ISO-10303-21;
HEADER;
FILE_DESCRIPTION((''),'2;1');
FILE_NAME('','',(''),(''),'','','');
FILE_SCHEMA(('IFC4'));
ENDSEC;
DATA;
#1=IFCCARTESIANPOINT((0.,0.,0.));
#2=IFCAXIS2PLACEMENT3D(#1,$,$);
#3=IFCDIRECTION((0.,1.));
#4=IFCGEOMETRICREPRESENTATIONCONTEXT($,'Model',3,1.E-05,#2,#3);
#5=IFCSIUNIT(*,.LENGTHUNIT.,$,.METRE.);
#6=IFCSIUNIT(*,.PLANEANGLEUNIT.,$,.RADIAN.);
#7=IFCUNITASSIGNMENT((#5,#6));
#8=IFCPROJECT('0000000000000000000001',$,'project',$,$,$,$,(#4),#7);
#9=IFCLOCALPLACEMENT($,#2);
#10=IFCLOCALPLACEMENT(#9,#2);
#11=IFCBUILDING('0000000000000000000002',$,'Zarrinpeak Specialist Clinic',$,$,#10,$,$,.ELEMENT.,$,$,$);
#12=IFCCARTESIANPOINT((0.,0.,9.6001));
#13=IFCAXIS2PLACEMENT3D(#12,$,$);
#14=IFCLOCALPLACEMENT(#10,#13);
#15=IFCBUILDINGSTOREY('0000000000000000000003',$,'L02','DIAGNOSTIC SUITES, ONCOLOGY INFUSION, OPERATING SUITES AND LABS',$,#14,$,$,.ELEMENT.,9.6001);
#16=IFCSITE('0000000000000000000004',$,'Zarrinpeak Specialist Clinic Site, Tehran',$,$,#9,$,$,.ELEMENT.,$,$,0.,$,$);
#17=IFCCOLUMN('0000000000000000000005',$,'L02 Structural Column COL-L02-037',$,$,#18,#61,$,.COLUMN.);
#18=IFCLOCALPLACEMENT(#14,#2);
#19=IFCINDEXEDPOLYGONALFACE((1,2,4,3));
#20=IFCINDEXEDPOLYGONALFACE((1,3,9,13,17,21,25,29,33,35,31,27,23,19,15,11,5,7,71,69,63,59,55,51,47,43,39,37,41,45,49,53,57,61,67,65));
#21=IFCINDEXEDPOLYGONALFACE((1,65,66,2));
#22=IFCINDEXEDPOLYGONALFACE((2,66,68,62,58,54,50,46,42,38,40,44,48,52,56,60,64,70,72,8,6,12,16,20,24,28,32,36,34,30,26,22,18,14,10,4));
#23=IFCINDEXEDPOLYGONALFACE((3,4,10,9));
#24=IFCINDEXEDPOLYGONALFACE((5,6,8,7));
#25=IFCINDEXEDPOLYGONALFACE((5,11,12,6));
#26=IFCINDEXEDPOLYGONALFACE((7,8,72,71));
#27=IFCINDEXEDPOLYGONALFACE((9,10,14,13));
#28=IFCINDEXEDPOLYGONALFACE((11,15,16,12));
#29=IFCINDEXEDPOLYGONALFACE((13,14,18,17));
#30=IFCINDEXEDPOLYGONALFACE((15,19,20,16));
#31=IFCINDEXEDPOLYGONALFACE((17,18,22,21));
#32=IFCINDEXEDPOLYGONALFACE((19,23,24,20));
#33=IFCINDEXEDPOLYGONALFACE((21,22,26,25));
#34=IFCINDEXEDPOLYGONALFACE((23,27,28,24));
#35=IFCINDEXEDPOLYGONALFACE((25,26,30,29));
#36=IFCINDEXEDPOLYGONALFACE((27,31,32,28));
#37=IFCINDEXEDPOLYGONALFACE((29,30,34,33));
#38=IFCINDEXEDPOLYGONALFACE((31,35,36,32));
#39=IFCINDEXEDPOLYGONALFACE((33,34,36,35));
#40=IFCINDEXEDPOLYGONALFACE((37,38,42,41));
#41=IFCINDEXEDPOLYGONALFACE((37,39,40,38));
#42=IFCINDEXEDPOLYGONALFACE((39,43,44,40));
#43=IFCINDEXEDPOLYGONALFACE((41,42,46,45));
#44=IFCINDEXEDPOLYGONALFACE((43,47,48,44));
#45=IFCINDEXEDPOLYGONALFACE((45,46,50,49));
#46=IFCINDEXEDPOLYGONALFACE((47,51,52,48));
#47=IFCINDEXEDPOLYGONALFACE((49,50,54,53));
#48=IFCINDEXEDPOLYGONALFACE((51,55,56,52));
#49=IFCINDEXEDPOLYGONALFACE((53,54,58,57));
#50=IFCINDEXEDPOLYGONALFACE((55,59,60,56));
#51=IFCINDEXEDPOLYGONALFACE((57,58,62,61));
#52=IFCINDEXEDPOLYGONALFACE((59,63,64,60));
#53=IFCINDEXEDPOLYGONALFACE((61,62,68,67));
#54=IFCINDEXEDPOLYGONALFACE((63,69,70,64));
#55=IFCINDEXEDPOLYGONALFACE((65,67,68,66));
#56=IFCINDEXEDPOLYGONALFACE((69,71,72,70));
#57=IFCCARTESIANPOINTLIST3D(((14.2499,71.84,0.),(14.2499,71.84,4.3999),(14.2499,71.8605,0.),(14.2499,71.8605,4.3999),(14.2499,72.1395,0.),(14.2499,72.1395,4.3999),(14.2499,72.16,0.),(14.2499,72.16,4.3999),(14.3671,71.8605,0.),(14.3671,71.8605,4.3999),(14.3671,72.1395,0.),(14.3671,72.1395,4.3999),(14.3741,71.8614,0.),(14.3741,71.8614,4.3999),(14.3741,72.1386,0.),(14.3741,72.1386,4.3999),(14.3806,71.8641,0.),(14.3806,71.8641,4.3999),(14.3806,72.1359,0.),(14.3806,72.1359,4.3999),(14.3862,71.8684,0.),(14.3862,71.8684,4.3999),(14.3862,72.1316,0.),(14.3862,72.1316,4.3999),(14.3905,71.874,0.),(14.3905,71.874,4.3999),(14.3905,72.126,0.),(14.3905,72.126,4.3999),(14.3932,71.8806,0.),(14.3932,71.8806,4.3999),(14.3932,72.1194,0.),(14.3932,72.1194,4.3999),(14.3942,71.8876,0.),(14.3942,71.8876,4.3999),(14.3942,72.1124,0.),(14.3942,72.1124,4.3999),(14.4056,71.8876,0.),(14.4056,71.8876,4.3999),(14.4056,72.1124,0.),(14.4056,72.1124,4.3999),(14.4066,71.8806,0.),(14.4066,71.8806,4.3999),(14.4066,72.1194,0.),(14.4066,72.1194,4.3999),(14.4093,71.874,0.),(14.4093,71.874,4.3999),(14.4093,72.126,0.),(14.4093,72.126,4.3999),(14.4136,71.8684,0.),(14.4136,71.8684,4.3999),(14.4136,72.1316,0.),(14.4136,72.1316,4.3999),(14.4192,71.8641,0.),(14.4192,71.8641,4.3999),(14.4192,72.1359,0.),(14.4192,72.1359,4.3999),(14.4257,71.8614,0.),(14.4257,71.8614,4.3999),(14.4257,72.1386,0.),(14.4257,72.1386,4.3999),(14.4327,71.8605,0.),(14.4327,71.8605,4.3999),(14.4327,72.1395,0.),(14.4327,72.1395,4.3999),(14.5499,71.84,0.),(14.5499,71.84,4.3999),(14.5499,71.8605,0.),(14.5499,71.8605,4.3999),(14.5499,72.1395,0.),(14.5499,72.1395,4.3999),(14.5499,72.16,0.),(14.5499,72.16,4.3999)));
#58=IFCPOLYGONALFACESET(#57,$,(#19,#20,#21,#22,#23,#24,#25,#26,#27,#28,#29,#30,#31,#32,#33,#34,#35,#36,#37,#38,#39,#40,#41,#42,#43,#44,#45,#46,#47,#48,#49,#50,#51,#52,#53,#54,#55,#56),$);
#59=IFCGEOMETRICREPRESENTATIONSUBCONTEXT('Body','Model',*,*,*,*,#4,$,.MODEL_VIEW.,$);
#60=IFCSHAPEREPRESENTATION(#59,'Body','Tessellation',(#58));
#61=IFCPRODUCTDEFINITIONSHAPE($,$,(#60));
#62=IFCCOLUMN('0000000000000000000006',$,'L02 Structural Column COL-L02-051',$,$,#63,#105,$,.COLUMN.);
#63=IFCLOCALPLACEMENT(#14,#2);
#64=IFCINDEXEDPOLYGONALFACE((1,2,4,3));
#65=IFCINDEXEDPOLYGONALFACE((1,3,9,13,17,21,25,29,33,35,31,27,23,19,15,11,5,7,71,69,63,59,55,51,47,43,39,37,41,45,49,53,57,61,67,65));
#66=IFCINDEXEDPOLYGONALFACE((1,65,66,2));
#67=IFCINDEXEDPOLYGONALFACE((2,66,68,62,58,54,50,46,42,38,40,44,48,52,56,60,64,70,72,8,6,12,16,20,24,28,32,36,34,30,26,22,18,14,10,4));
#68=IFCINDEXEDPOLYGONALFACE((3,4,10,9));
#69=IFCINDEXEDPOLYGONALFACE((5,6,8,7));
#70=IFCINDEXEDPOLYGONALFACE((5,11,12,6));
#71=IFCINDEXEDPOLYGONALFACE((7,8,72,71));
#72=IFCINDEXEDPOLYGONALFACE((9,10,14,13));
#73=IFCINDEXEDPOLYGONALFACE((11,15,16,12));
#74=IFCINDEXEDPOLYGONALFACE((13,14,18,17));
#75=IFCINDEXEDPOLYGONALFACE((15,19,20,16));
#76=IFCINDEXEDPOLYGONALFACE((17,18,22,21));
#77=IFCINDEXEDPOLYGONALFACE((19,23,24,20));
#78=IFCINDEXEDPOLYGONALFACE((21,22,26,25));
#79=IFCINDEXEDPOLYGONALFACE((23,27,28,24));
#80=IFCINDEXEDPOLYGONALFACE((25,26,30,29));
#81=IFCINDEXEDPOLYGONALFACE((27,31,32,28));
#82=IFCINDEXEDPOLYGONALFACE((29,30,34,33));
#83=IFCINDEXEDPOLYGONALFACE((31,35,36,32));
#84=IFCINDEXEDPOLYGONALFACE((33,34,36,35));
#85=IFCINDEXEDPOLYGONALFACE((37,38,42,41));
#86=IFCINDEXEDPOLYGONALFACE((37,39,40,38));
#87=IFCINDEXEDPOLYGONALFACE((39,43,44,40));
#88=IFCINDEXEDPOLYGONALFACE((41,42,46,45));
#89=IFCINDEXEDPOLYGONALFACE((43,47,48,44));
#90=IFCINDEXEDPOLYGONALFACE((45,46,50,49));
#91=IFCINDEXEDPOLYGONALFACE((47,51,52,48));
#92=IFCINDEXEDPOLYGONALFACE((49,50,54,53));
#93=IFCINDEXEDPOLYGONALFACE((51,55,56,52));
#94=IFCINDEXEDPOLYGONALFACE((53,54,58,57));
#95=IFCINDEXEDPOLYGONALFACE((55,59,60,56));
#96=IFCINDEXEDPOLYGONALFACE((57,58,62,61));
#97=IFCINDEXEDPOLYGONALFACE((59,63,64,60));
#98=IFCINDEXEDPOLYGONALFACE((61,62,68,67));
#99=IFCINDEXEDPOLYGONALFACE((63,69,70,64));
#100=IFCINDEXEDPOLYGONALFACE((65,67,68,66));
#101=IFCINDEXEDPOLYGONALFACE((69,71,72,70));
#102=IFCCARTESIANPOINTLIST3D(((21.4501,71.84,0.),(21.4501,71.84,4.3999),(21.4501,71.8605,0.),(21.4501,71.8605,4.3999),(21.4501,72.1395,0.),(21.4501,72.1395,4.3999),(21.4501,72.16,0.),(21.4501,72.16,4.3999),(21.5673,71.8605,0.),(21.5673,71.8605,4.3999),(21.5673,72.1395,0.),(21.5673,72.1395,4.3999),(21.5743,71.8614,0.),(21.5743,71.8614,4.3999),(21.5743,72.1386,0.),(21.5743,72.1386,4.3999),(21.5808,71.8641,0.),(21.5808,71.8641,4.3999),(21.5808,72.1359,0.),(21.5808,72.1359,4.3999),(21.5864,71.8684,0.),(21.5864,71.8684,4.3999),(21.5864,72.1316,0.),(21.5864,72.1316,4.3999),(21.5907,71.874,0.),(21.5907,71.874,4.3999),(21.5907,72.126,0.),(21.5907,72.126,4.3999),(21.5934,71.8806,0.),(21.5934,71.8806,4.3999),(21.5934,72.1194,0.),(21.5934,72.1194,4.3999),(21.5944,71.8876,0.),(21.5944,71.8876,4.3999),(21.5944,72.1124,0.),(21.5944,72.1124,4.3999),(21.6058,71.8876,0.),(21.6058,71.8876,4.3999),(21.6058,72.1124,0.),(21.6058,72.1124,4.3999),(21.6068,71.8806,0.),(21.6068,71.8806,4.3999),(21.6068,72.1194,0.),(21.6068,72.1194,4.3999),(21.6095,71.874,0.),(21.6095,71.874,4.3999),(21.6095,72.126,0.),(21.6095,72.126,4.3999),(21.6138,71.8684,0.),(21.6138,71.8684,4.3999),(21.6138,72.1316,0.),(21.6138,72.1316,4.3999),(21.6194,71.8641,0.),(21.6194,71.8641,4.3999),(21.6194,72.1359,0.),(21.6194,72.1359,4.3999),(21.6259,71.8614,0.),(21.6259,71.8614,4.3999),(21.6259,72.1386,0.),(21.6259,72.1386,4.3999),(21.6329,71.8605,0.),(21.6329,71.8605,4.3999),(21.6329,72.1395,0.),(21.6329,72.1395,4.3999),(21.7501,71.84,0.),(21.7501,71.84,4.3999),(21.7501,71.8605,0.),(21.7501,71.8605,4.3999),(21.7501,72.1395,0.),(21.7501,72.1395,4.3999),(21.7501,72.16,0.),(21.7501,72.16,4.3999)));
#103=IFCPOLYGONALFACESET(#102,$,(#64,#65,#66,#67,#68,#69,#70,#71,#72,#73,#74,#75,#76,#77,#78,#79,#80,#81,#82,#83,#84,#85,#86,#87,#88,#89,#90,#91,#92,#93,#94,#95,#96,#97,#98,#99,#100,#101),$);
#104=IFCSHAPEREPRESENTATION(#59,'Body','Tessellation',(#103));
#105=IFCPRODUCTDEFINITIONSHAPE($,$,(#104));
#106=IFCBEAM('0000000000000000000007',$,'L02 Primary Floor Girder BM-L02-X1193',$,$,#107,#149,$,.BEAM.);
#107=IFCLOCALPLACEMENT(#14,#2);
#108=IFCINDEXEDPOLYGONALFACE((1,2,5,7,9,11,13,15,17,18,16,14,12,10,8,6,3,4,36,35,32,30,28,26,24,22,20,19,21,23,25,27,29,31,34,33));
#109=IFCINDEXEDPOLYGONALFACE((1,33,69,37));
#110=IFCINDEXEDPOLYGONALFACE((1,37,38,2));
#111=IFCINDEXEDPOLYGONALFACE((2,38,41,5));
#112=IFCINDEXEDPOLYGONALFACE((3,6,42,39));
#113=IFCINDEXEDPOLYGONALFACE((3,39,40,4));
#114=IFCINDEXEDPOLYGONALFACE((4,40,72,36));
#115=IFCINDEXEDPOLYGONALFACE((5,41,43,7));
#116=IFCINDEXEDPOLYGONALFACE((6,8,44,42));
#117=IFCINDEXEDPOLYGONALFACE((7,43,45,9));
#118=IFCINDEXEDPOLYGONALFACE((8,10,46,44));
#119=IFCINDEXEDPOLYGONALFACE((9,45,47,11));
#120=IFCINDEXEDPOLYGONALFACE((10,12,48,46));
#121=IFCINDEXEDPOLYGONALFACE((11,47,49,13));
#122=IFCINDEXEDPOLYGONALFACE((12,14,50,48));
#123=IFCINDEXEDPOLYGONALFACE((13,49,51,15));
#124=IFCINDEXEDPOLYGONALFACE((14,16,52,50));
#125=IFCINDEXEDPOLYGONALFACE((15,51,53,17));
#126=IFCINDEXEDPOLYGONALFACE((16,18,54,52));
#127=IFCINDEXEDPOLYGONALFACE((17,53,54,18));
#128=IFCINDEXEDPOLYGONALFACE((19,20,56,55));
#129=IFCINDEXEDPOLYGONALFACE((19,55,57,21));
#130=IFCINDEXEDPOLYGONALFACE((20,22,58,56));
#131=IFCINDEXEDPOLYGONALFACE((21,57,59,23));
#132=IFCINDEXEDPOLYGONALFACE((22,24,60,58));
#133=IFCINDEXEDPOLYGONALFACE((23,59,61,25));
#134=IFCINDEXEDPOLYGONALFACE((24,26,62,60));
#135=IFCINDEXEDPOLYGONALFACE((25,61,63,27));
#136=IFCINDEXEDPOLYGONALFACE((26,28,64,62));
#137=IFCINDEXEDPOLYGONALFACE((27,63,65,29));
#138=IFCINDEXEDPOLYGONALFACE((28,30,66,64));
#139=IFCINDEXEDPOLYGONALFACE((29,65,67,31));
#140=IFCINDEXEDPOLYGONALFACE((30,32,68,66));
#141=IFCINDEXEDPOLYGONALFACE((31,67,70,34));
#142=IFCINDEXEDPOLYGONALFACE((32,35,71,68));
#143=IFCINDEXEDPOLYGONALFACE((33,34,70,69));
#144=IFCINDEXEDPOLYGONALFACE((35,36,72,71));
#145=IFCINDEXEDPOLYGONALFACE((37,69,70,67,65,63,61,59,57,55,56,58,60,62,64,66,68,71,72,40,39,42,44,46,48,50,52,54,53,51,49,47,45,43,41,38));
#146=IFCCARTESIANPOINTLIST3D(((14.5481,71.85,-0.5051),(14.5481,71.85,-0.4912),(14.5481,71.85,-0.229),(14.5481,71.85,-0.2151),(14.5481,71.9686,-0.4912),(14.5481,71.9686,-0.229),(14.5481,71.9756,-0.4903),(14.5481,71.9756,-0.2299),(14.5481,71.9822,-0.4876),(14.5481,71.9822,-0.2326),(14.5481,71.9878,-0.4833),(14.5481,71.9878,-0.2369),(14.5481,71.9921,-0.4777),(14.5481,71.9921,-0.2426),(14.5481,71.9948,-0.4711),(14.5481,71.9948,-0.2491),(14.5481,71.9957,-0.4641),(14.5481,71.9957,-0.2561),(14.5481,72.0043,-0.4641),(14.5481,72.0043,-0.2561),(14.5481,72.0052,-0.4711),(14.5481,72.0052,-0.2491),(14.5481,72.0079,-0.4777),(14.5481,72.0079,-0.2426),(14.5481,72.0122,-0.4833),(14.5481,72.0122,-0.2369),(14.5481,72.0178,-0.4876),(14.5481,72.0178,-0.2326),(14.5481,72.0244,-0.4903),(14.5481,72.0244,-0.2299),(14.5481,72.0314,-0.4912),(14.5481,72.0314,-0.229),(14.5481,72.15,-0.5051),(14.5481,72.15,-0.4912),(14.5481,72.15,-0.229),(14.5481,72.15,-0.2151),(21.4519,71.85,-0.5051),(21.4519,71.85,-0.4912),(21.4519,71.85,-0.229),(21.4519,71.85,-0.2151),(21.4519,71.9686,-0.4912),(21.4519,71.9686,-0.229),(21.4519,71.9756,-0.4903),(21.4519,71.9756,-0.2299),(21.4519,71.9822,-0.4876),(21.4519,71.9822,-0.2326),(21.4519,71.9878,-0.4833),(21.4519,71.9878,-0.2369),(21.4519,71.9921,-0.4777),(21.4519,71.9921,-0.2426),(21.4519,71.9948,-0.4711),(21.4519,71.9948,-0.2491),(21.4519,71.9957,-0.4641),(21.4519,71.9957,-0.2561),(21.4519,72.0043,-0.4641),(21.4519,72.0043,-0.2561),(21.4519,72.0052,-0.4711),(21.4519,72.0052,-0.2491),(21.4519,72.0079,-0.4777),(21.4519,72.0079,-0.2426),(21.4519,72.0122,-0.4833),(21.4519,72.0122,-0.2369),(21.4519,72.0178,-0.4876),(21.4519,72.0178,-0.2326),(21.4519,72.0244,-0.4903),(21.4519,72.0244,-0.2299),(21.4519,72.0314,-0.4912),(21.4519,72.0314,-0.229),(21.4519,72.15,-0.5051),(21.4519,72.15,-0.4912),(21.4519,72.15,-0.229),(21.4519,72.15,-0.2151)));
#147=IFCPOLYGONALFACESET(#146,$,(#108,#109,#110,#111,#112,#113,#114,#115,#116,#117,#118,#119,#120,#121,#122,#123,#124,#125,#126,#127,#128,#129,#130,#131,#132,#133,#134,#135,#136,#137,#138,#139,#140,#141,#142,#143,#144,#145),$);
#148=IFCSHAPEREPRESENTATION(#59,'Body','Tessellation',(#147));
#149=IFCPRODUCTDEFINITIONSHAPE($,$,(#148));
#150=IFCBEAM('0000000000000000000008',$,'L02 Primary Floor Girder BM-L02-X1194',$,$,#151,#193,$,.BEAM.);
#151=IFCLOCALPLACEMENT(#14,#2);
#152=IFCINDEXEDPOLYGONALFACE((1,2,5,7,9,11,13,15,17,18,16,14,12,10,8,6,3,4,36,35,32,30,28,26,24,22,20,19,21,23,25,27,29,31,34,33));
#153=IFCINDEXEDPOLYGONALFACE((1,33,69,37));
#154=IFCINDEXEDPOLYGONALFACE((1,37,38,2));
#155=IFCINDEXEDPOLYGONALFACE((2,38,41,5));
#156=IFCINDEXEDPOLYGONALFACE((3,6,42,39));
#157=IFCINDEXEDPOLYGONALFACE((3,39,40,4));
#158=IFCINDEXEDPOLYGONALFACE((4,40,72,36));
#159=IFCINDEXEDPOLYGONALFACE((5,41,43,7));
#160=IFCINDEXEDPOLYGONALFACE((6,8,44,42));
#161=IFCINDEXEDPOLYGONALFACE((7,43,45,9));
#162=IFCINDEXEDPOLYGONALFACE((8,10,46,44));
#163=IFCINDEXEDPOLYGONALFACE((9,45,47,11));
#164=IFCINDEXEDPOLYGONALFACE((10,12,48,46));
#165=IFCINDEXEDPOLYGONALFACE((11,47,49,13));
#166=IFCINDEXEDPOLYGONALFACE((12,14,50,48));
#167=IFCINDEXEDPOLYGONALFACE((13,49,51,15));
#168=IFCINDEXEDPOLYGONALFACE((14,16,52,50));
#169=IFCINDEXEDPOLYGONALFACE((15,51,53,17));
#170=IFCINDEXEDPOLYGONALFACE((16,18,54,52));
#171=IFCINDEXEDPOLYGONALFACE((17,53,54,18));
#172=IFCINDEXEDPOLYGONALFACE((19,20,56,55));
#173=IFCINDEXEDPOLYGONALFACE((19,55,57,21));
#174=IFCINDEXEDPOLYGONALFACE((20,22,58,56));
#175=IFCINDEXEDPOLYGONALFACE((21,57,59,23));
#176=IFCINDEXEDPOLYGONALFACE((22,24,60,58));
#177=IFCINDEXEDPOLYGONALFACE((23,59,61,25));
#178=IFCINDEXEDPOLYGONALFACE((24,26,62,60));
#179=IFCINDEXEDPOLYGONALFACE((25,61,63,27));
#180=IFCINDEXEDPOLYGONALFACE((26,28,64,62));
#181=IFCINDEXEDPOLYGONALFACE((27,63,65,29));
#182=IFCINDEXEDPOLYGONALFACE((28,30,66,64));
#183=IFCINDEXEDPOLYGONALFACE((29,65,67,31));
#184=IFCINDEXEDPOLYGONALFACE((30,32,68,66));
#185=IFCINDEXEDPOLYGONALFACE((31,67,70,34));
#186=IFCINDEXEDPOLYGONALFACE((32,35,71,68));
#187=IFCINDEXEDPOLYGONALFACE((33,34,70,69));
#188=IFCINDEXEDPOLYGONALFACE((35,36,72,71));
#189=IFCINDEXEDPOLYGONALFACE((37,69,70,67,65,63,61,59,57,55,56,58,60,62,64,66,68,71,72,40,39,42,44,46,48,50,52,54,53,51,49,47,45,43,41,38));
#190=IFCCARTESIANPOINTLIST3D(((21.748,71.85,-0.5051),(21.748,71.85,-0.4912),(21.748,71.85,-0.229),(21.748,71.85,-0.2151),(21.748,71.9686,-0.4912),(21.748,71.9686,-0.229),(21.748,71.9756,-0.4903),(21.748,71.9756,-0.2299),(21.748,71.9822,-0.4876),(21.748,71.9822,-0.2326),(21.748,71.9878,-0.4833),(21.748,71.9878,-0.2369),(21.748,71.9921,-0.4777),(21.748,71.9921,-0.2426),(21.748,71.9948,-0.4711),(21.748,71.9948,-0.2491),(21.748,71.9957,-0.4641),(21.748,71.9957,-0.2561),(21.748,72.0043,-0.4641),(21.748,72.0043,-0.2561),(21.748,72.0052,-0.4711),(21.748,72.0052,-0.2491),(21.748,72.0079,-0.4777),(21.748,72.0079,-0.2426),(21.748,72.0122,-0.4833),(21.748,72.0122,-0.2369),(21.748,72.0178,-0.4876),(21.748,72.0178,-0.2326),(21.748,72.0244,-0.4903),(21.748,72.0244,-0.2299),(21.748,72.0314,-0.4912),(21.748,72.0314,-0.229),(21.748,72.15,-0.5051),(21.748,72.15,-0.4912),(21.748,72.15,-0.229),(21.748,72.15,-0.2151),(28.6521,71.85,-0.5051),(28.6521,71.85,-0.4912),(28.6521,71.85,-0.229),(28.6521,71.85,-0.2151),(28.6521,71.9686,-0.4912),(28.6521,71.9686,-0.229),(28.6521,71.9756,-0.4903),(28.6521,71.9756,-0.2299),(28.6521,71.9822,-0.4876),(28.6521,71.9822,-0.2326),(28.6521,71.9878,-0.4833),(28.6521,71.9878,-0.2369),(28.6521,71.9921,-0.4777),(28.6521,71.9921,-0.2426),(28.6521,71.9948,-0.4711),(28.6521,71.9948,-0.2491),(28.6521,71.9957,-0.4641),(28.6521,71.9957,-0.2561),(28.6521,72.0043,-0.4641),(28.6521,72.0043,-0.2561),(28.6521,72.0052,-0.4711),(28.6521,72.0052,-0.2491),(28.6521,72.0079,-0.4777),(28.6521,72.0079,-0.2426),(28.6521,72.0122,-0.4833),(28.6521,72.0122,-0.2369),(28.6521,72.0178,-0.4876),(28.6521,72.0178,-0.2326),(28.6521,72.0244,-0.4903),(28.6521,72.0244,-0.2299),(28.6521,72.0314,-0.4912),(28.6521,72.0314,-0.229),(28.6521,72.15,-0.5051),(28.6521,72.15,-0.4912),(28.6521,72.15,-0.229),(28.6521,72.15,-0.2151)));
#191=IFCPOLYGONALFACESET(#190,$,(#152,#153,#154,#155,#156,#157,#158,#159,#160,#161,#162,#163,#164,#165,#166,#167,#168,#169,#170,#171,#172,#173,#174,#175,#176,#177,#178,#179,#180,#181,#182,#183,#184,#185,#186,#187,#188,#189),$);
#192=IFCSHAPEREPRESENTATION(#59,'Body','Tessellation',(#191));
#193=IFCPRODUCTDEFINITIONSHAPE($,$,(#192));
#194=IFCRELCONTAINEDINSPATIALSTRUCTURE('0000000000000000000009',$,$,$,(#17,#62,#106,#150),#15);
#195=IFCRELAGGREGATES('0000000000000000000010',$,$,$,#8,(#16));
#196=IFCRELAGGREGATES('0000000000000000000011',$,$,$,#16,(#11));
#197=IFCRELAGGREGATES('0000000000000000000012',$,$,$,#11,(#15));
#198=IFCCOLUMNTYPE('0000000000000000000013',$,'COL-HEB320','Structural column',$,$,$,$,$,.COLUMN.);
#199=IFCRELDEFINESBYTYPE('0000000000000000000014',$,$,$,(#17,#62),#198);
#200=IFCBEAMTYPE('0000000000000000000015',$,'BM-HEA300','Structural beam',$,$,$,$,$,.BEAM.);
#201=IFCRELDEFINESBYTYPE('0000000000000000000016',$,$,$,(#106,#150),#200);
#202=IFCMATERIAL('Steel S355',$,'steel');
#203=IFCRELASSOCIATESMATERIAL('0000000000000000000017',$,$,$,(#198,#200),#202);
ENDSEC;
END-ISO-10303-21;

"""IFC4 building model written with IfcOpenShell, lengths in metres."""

from ifc_helpers import new_model, si_unit, direction, frame, origin, origin_2d, place, context, subcontext, project, spatial, i_section, extrude, material, material_profile, profile_set, type_object, element, save


model = new_model("IFC4")

# Units and contexts
model_context = context("Model", 3, precision=1e-05, world=origin(), true_north=direction((0.0, 1.0)))
body_context = subcontext(model_context, "Body", "Model", "MODEL_VIEW")
ifc_project = project(units=[si_unit("LENGTHUNIT", "METRE"), si_unit("PLANEANGLEUNIT", "RADIAN")], contexts=[model_context])

# Site, building, storey
site_placement = place(None, origin())
site = spatial("IfcSite", under=ifc_project, at=site_placement, Name="Zarrinpeak Specialist Clinic Site, Tehran", CompositionType="ELEMENT", RefElevation=0.0)
building_placement = place(site_placement, origin())
building = spatial("IfcBuilding", under=site, at=building_placement, Name="Zarrinpeak Specialist Clinic", CompositionType="ELEMENT")
storey_placement = place(building_placement, frame((0.0, 0.0, 9.6001)))
storey = spatial("IfcBuildingStorey", under=building, at=storey_placement, Name="L02", Description="DIAGNOSTIC SUITES, ONCOLOGY INFUSION, OPERATING SUITES AND LABS", CompositionType="ELEMENT", Elevation=9.6001)

# Columns
ifc_material_1 = material(Name="Steel S355", Category="steel")
ifc_material_profile_1 = material_profile(ifc_material_1, i_section(OverallWidth=0.3, OverallDepth=0.3201, WebThickness=0.0115, FlangeThickness=0.0205, FilletRadius=0.0271, at=origin_2d()), Name="HEB 320")
ifc_profile_set_1 = profile_set([ifc_material_profile_1], Name="Steel S355")
column_type = type_object("IfcColumnType", Name="COL-HEB320", Description="Structural column", PredefinedType="COLUMN", material=ifc_profile_set_1)
for number, where, z_axis, x_axis, name in (
    (1, (14.3999, 72.0, 0.0), (0.0, 0.0, 1.0), (1.0, 0.0, 0.0), "L02 Structural Column COL-L02-037"),
    (2, (21.6001, 72.0, 0.0), (0.0, 0.0, 1.0), (1.0, 0.0, 0.0), "L02 Structural Column COL-L02-051"),
):
    element("IfcColumn", number, at=place(storey_placement, frame(where, z_axis=z_axis, x_axis=x_axis)), inside=storey, type_object=column_type, Name=name, PredefinedType="COLUMN", context=body_context, shape_type="SweptSolid", body=[
        extrude(i_section(OverallWidth=0.3, OverallDepth=0.3201, WebThickness=0.0115, FlangeThickness=0.0205, FilletRadius=0.0271, at=origin_2d()), origin(), (0.0, 0.0, 1.0), 4.3999),
    ])

# Beams
ifc_material_profile_2 = material_profile(ifc_material_1, i_section(OverallWidth=0.3, OverallDepth=0.29, WebThickness=0.0085, FlangeThickness=0.0139, FilletRadius=0.0271, at=origin_2d()), Name="HEA 300")
ifc_profile_set_2 = profile_set([ifc_material_profile_2], Name="Steel S355")
beam_type_1 = type_object("IfcBeamType", Name="BM-HEA300", Description="Structural beam", PredefinedType="BEAM", material=ifc_profile_set_2)
beam_1_placement = place(storey_placement, frame((14.5481, 72.0, -0.3601), z_axis=(1.0, 0.0, 0.0), x_axis=(0.0, 1.0, 0.0)))
element("IfcBeam", 3, at=beam_1_placement, inside=storey, type_object=beam_type_1, Name="L02 Primary Floor Girder BM-L02-X1193", PredefinedType="BEAM", context=body_context, shape_type="SweptSolid", body=[
    extrude(i_section(OverallWidth=0.3, OverallDepth=0.29, WebThickness=0.0085, FlangeThickness=0.0139, FilletRadius=0.0271, at=origin_2d()), origin(), (0.0, 0.0, 1.0), 6.9038),
])
beam_2_placement = place(storey_placement, frame((21.748, 72.0, -0.3601), z_axis=(1.0, 0.0, 0.0), x_axis=(0.0, 1.0, 0.0)))
element("IfcBeam", 4, at=beam_2_placement, inside=storey, type_object=beam_type_1, Name="L02 Primary Floor Girder BM-L02-X1194", PredefinedType="BEAM", context=body_context, shape_type="SweptSolid", body=[
    extrude(i_section(OverallWidth=0.3, OverallDepth=0.29, WebThickness=0.0085, FlangeThickness=0.0139, FilletRadius=0.0271, at=origin_2d()), origin(), (0.0, 0.0, 1.0), 6.9041),
])

save(model, "model.ifc")
